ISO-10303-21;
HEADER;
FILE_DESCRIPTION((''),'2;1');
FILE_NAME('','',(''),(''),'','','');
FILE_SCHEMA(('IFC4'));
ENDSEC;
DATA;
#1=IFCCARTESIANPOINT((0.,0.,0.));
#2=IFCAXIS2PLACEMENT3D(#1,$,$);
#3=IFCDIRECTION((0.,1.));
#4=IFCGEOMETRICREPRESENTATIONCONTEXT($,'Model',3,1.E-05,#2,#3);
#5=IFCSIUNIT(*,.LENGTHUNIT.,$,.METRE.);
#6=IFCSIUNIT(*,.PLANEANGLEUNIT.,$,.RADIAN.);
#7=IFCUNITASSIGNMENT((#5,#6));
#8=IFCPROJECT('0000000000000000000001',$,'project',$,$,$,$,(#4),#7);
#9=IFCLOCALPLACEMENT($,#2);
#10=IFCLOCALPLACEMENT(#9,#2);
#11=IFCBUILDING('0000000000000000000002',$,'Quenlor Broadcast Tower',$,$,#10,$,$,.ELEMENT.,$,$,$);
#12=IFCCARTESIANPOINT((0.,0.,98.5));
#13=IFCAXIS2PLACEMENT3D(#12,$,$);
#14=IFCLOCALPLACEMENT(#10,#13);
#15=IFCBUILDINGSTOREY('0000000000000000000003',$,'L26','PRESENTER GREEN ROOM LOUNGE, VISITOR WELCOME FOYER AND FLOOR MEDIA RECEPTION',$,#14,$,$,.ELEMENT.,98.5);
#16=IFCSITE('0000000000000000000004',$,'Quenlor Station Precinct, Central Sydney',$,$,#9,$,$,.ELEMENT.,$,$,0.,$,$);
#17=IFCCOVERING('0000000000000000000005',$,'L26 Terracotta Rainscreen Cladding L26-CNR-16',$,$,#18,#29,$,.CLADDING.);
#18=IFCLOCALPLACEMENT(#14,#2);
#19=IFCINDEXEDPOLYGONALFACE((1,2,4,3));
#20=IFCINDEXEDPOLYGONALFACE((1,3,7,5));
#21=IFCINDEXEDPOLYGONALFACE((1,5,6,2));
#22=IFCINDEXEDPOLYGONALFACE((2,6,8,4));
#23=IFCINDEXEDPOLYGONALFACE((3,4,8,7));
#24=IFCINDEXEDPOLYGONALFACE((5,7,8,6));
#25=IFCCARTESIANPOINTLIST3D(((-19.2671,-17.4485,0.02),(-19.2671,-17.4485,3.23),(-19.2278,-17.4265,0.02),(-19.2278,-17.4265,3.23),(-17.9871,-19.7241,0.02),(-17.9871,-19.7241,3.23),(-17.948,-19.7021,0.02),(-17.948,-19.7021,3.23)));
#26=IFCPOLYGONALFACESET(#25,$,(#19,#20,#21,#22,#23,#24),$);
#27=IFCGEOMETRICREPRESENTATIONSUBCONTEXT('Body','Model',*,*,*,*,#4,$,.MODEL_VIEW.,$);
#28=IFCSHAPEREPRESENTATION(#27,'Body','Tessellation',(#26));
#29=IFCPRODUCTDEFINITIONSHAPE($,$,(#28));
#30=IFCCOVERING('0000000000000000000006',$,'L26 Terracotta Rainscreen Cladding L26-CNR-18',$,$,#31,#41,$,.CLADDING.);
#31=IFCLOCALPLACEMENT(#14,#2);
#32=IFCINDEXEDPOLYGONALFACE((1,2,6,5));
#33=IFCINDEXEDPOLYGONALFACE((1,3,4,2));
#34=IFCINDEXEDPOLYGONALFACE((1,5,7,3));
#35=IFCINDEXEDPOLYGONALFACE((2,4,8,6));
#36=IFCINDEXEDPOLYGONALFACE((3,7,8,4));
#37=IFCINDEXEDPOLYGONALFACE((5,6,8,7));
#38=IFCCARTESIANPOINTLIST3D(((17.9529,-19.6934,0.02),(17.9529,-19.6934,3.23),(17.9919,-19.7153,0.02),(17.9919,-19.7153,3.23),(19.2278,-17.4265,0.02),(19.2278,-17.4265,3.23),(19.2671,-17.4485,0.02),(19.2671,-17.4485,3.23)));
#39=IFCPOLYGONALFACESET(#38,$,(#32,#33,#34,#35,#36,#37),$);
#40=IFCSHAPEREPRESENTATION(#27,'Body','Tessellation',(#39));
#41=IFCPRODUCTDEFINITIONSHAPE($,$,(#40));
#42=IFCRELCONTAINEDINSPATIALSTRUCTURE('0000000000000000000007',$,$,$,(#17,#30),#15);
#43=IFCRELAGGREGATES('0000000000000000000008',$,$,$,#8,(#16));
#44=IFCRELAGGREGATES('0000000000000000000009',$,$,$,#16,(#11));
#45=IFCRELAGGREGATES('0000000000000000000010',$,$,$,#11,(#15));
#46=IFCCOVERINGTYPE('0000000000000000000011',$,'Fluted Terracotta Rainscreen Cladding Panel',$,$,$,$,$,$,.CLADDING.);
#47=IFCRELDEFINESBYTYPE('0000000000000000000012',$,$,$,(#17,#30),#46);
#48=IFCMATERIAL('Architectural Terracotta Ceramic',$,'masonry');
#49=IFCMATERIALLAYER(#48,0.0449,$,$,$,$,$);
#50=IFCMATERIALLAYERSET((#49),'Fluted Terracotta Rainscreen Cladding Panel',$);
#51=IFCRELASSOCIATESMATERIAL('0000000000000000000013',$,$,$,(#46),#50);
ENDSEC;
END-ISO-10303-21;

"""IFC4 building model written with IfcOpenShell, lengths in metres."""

from ifc_helpers import new_model, si_unit, direction, frame, origin, place, context, subcontext, project, spatial, polyline, outline, extrude, material, layer, layer_set, type_object, element, save


model = new_model("IFC4")

# Units and contexts
model_context = context("Model", 3, precision=1e-05, world=origin(), true_north=direction((0.0, 1.0)))
body_context = subcontext(model_context, "Body", "Model", "MODEL_VIEW")
ifc_project = project(units=[si_unit("LENGTHUNIT", "METRE"), si_unit("PLANEANGLEUNIT", "RADIAN")], contexts=[model_context])

# Site, building, storey
site_placement = place(None, origin())
site = spatial("IfcSite", under=ifc_project, at=site_placement, Name="Quenlor Station Precinct, Central Sydney", CompositionType="ELEMENT", RefElevation=0.0)
building_placement = place(site_placement, origin())
building = spatial("IfcBuilding", under=site, at=building_placement, Name="Quenlor Broadcast Tower", CompositionType="ELEMENT")
storey_placement = place(building_placement, frame((0.0, 0.0, 98.5)))
storey = spatial("IfcBuildingStorey", under=building, at=storey_placement, Name="L26", Description="PRESENTER GREEN ROOM LOUNGE, VISITOR WELCOME FOYER AND FLOOR MEDIA RECEPTION", CompositionType="ELEMENT", Elevation=98.5)

# Coverings
ifc_material_1 = material(Name="Architectural Terracotta Ceramic", Category="masonry")
ifc_layer_1 = layer(ifc_material_1, 0.0449)
ifc_layer_set_1 = layer_set([ifc_layer_1], Name="Fluted Terracotta Rainscreen Cladding Panel")
covering_type_1 = type_object("IfcCoveringType", Name="Fluted Terracotta Rainscreen Cladding Panel", PredefinedType="CLADDING", material=ifc_layer_set_1)
covering_1_placement = place(storey_placement, frame((0.0, 0.0, 0.02)))
element("IfcCovering", 1, at=covering_1_placement, inside=storey, type_object=covering_type_1, Name="L26 Terracotta Rainscreen Cladding L26-CNR-16", PredefinedType="CLADDING", context=body_context, shape_type="SweptSolid", body=[
    extrude(outline(polyline([(-19.2671, -17.4485), (-17.9871, -19.7241), (-17.948, -19.7021), (-19.2278, -17.4265), (-19.2671, -17.4485)])), origin(), (0.0, 0.0, 1.0), 3.21),
])
covering_2_placement = place(storey_placement, frame((0.0, 0.0, 0.02)))
element("IfcCovering", 2, at=covering_2_placement, inside=storey, type_object=covering_type_1, Name="L26 Terracotta Rainscreen Cladding L26-CNR-18", PredefinedType="CLADDING", context=body_context, shape_type="SweptSolid", body=[
    extrude(outline(polyline([(17.9919, -19.7153), (19.2671, -17.4485), (19.2278, -17.4265), (17.9529, -19.6934), (17.9919, -19.7153)])), origin(), (0.0, 0.0, 1.0), 3.21),
])

save(model, "model.ifc")
